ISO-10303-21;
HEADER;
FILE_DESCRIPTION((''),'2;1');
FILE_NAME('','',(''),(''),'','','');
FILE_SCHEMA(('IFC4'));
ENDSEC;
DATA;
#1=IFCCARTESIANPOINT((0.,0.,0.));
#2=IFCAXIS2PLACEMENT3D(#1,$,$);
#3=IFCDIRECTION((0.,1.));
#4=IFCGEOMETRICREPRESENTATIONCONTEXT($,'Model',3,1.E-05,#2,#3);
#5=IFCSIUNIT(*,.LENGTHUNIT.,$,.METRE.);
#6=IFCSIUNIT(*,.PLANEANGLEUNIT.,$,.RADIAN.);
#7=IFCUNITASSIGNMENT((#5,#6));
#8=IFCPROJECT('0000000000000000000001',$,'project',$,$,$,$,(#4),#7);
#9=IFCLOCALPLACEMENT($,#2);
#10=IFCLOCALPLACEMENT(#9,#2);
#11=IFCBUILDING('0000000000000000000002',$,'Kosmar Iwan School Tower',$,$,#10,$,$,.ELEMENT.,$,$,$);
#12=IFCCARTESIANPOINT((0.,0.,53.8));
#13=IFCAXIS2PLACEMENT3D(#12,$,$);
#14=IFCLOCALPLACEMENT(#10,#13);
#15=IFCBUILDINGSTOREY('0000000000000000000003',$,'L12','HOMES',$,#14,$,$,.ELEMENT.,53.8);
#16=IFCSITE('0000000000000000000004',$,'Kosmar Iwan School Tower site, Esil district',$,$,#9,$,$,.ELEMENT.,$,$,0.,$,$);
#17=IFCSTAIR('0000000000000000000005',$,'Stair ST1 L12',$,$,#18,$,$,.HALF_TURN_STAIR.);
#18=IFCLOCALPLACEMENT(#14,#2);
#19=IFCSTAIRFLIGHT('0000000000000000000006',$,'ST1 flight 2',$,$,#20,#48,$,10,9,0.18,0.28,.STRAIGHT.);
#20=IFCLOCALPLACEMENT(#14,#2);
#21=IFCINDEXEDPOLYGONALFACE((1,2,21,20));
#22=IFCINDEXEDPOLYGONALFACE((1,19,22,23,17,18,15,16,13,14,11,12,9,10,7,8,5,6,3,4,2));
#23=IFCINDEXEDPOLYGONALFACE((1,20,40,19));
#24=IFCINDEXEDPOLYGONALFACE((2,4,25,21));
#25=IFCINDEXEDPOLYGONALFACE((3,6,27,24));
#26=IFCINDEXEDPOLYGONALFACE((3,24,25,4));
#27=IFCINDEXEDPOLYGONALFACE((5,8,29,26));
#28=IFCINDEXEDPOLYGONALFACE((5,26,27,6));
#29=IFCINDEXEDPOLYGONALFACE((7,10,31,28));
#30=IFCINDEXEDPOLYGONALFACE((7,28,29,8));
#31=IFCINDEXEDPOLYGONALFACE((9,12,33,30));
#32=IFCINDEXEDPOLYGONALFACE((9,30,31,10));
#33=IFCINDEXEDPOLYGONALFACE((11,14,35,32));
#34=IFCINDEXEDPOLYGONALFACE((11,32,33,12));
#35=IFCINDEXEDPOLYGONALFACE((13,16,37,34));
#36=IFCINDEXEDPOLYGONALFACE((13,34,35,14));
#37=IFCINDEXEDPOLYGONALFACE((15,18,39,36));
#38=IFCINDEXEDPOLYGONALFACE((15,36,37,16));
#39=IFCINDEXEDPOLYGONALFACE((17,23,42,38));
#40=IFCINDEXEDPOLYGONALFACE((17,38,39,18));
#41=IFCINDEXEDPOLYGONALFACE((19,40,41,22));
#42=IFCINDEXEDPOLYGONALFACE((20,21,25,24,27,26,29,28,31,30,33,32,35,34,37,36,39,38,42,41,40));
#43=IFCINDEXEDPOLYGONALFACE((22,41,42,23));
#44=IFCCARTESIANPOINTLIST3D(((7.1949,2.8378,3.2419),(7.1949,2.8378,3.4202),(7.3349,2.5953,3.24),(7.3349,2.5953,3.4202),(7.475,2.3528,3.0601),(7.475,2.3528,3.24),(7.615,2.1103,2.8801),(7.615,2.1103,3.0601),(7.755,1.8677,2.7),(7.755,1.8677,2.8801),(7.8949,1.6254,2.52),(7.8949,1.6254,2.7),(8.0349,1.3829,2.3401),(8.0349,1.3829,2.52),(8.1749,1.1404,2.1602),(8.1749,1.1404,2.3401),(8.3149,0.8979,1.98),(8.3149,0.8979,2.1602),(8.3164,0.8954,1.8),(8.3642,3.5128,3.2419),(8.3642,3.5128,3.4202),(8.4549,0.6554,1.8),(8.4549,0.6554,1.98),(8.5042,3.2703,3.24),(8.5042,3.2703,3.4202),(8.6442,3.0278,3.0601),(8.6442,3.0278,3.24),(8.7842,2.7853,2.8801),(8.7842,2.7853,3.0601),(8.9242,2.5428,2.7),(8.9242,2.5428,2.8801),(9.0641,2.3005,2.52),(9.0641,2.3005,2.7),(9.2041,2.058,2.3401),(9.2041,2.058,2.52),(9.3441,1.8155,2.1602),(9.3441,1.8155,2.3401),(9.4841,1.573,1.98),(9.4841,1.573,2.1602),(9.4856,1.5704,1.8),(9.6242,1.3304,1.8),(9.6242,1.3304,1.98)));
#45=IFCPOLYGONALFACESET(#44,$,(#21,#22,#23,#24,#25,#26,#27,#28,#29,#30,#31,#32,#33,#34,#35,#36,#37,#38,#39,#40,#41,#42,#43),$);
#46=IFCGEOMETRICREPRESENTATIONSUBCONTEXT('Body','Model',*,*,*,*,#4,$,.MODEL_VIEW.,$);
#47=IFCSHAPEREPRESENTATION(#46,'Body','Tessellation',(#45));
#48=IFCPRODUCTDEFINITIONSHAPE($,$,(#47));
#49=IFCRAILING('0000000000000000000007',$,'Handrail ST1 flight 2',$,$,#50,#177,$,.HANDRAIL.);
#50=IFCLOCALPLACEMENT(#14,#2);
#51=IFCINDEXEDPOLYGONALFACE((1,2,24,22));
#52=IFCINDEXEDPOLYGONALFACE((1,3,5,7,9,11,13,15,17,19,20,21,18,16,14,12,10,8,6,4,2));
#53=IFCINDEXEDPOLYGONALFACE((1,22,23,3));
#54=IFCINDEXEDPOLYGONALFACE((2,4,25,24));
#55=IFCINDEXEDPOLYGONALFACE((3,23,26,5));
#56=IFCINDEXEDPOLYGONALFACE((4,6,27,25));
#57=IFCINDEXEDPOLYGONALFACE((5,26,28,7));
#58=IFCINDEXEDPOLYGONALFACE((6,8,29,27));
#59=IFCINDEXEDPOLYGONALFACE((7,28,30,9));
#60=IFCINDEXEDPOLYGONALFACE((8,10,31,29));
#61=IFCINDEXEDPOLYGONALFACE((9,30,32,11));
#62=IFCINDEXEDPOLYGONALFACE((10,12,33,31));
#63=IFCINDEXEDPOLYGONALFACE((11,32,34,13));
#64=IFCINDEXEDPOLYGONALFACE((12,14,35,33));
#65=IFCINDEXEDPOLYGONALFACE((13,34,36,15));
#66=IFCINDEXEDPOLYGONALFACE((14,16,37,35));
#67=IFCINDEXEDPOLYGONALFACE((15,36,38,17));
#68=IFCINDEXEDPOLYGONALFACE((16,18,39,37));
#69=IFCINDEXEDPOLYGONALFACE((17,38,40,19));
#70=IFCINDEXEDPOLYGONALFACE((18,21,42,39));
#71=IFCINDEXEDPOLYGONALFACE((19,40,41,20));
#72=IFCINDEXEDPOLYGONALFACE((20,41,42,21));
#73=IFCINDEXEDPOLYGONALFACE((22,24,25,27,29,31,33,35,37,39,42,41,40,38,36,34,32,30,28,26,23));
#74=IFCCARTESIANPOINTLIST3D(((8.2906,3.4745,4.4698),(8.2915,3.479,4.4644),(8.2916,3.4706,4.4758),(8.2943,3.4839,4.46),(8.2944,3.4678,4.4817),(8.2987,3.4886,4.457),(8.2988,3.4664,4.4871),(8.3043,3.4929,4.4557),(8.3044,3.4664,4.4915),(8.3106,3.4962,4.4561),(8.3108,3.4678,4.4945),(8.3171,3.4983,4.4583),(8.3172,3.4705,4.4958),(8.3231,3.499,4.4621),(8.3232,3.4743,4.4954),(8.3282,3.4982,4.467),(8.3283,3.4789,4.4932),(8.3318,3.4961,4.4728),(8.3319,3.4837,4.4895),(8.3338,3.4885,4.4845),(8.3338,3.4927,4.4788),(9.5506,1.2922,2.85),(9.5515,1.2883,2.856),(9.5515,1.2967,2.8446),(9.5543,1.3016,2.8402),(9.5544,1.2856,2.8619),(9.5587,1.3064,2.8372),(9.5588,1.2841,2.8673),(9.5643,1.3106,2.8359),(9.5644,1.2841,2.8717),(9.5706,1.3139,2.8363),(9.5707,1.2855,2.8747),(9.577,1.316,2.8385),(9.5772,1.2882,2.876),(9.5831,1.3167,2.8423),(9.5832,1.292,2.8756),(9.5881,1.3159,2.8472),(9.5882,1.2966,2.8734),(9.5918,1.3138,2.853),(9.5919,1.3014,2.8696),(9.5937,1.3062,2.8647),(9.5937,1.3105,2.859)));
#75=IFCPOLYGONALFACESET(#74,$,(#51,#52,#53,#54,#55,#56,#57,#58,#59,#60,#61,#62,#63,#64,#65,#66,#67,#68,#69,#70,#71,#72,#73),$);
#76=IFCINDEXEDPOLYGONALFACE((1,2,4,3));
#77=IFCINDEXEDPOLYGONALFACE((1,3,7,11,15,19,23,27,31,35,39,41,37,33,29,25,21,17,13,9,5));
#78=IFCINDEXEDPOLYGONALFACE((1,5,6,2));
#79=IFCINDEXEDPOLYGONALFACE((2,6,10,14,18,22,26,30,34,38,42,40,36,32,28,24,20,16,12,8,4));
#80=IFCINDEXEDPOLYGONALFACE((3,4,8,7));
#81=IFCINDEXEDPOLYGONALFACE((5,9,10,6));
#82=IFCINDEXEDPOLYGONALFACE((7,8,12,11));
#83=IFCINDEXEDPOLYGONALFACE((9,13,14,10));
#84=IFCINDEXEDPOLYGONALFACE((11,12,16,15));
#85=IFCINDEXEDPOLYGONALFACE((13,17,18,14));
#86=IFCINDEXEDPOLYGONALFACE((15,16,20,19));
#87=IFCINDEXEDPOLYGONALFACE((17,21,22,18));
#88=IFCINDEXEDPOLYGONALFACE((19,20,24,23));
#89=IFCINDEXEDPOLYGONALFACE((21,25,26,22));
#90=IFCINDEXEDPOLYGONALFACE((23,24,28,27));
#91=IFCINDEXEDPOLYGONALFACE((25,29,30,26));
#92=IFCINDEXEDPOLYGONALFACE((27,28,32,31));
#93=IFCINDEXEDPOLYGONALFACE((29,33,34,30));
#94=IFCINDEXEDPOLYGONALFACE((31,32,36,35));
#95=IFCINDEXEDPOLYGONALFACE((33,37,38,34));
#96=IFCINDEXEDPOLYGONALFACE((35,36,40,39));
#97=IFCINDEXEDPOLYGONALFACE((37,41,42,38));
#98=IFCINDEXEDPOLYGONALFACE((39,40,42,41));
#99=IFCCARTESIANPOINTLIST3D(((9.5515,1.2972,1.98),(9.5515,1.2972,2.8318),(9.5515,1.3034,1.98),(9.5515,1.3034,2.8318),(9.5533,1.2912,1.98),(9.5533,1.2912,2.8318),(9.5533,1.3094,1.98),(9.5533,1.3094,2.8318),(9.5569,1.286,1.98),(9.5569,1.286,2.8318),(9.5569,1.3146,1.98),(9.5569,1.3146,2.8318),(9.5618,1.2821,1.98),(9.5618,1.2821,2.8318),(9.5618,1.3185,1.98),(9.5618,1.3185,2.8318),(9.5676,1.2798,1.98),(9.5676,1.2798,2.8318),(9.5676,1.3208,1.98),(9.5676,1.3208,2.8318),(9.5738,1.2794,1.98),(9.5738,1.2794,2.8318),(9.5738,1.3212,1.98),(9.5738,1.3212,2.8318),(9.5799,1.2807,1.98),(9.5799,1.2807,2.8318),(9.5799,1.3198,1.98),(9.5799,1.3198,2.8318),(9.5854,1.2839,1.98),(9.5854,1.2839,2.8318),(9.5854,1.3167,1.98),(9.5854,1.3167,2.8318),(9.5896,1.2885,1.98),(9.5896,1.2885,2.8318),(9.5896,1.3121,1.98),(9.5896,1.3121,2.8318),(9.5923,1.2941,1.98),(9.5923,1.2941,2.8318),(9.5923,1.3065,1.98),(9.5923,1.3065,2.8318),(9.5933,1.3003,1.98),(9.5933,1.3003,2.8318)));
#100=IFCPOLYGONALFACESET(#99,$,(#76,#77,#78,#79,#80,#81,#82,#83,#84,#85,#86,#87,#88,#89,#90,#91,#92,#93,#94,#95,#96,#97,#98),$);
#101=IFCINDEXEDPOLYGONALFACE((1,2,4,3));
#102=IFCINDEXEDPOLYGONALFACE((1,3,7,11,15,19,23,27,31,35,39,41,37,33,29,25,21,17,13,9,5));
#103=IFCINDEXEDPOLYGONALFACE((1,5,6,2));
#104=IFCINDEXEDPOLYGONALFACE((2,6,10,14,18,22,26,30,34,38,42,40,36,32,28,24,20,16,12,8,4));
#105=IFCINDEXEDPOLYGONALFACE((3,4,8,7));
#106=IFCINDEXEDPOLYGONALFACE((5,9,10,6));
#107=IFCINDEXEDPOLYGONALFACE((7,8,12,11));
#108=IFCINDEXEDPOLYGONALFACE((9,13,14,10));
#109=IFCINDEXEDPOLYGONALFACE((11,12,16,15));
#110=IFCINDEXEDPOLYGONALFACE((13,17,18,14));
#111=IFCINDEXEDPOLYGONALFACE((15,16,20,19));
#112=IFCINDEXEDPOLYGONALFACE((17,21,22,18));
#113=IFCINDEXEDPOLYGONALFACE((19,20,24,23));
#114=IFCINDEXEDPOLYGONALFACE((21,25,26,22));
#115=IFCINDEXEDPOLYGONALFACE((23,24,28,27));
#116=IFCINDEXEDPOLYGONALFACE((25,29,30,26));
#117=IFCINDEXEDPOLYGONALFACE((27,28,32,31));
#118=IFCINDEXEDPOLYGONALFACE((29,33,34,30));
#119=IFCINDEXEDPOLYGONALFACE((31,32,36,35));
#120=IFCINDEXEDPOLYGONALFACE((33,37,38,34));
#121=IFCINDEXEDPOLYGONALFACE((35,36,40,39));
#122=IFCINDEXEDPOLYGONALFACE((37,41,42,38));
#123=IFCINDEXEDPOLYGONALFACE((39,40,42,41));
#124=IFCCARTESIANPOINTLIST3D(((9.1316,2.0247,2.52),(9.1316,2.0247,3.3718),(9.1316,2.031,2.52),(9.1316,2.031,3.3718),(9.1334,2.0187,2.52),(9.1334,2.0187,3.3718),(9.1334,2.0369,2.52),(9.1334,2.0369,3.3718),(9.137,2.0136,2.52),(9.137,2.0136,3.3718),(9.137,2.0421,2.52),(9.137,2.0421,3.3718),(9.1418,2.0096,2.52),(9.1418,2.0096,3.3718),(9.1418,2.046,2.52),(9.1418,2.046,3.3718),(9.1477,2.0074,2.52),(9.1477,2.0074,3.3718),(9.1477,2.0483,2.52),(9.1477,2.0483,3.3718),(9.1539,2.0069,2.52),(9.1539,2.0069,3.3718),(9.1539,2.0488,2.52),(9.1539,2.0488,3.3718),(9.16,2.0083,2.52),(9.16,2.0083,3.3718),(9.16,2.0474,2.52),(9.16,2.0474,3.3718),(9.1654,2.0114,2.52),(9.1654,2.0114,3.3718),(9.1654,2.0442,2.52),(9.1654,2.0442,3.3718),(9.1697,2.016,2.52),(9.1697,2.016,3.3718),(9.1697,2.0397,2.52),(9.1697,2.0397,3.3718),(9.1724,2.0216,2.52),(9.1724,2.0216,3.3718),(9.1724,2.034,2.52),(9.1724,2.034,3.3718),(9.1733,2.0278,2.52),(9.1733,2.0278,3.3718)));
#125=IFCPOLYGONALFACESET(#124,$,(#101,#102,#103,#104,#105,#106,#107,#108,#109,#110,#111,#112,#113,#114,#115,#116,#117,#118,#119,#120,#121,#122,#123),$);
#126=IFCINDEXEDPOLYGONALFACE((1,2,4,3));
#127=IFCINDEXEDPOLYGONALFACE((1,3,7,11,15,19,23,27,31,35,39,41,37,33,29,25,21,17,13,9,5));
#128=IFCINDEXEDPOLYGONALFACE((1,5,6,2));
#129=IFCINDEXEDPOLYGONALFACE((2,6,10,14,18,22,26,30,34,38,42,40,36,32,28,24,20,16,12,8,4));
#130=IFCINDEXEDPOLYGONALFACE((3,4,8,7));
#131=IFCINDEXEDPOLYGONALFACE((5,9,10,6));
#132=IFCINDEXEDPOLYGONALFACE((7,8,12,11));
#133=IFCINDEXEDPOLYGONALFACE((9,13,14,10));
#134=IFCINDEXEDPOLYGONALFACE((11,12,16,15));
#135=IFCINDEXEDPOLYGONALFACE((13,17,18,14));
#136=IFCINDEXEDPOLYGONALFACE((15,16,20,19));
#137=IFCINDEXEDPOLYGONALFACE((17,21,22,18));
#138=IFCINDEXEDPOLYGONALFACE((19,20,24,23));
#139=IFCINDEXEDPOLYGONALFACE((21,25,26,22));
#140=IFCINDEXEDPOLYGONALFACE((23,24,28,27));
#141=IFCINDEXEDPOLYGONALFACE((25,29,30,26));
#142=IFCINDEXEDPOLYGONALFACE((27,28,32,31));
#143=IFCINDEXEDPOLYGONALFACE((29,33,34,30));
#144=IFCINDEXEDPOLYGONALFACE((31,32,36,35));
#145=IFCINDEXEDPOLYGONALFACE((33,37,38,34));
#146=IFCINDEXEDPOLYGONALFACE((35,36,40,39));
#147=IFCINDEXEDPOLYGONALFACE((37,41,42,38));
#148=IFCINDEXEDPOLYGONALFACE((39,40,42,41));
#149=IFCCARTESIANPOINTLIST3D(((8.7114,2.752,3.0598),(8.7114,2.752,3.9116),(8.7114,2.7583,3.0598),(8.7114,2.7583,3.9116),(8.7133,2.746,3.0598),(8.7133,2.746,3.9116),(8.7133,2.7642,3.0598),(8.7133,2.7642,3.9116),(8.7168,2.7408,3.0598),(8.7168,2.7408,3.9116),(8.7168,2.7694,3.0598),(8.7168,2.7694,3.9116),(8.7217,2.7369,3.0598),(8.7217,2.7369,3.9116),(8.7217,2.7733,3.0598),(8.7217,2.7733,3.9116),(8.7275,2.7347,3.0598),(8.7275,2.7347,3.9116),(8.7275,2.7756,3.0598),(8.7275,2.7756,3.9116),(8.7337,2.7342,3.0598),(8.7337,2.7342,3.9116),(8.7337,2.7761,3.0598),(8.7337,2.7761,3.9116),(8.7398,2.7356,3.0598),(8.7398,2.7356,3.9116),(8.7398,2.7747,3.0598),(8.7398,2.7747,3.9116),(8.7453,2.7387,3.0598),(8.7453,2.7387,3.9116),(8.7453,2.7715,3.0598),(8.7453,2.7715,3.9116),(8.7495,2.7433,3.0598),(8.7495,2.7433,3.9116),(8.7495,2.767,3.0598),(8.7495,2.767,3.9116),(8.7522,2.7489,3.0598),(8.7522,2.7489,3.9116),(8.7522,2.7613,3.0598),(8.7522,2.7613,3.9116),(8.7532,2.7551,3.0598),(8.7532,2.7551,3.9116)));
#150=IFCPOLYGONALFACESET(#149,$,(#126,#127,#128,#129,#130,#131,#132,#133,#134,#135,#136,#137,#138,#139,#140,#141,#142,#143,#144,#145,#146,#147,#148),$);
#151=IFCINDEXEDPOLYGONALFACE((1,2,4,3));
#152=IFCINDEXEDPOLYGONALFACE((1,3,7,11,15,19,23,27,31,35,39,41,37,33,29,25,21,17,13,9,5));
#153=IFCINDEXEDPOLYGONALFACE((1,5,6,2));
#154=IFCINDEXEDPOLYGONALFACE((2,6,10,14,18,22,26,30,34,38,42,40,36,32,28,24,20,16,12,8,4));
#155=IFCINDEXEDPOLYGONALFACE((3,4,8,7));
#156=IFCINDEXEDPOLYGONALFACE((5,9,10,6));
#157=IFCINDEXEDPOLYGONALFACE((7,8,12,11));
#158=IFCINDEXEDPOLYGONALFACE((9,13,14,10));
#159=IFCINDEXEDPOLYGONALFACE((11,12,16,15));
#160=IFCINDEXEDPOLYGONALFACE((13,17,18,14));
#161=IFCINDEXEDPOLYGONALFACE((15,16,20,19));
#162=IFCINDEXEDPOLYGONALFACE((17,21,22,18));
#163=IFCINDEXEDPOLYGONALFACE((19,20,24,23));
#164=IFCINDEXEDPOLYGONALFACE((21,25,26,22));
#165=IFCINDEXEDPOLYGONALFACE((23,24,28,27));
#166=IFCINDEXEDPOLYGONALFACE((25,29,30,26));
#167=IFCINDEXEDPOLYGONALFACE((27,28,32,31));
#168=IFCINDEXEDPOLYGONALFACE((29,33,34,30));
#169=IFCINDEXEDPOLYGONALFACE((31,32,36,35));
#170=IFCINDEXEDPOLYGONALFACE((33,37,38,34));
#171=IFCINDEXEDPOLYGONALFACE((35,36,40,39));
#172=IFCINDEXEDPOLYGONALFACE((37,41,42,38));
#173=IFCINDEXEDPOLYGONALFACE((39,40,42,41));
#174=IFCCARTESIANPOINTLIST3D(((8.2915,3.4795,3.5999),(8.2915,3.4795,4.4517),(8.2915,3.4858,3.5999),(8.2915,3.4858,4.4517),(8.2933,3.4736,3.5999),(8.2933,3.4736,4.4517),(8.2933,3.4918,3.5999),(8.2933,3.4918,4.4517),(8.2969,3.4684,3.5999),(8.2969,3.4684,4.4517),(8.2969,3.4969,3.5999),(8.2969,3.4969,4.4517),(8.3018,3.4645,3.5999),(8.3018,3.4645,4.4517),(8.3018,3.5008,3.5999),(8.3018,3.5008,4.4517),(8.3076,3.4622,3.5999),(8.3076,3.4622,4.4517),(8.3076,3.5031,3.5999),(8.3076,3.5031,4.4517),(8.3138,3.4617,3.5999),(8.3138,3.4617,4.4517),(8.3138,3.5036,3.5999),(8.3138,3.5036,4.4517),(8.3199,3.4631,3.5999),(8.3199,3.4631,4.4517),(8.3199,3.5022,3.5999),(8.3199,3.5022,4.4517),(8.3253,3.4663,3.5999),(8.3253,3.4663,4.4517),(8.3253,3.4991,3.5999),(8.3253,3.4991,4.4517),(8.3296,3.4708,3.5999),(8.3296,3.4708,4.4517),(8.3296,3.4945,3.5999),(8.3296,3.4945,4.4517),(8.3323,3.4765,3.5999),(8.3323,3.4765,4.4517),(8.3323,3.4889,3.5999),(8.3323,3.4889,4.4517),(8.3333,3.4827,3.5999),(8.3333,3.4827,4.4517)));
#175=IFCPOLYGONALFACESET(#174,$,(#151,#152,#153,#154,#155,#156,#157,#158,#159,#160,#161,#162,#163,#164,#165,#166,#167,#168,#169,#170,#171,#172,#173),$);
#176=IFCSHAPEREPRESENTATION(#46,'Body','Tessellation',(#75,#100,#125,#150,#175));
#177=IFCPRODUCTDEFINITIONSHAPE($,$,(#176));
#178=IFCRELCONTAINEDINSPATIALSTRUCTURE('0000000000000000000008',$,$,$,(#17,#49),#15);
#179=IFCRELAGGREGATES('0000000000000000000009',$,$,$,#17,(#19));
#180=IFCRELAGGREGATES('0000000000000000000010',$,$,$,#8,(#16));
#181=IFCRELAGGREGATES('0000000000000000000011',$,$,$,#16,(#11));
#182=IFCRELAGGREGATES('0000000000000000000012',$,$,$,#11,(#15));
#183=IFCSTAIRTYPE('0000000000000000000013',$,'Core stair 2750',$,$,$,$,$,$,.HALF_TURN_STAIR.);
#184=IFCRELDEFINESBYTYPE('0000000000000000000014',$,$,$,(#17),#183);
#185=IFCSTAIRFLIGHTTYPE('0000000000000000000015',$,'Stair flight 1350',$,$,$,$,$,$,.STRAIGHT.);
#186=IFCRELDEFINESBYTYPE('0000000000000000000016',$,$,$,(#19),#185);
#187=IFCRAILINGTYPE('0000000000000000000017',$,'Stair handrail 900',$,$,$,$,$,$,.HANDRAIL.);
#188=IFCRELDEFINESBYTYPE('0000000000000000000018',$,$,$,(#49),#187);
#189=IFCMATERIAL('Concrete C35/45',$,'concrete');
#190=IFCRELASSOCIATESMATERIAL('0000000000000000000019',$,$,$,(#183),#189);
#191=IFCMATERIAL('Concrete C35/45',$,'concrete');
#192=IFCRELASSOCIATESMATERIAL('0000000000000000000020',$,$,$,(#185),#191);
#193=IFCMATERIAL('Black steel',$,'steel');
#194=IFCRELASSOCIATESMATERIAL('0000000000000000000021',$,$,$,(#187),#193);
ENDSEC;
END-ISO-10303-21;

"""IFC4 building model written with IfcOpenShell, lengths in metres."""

from ifc_helpers import new_model, si_unit, direction, frame, origin, origin_2d, place, context, subcontext, project, spatial, polyline, circle, outline, extrude, material, type_object, element, aggregate, save


model = new_model("IFC4")

# Units and contexts
model_context = context("Model", 3, precision=1e-05, world=origin(), true_north=direction((0.0, 1.0)))
body_context = subcontext(model_context, "Body", "Model", "MODEL_VIEW")
ifc_project = project(units=[si_unit("LENGTHUNIT", "METRE"), si_unit("PLANEANGLEUNIT", "RADIAN")], contexts=[model_context])

# Site, building, storey
site_placement = place(None, origin())
site = spatial("IfcSite", under=ifc_project, at=site_placement, Name="Kosmar Iwan School Tower site, Esil district", CompositionType="ELEMENT", RefElevation=0.0)
building_placement = place(site_placement, origin())
building = spatial("IfcBuilding", under=site, at=building_placement, Name="Kosmar Iwan School Tower", CompositionType="ELEMENT")
storey_placement = place(building_placement, frame((0.0, 0.0, 53.8)))
storey = spatial("IfcBuildingStorey", under=building, at=storey_placement, Name="L12", Description="HOMES", CompositionType="ELEMENT", Elevation=53.8)

# Stair, stair flight
ifc_material_1 = material(Name="Concrete C35/45", Category="concrete")
stair_type = type_object("IfcStairType", Name="Core stair 2750", PredefinedType="HALF_TURN_STAIR", material=ifc_material_1)
stair_placement = place(storey_placement, origin())
stair = element("IfcStair", 1, at=stair_placement, inside=storey, type_object=stair_type, Name="Stair ST1 L12", PredefinedType="HALF_TURN_STAIR")
ifc_material_2 = material(Name="Concrete C35/45", Category="concrete")
stair_flight_type = type_object("IfcStairFlightType", Name="Stair flight 1350", PredefinedType="STRAIGHT", material=ifc_material_2)
stair_flight_placement = place(storey_placement, frame((9.0396, 0.9929, 1.8), z_axis=(0.0, 0.0, 1.0), x_axis=(-0.5, 0.866025, 0.0)))
stair_flight = element("IfcStairFlight", 2, at=stair_flight_placement, type_object=stair_flight_type, Name="ST1 flight 2", NumberOfRisers=10, NumberOfTreads=9, PredefinedType="STRAIGHT", RiserHeight=0.18, TreadLength=0.28, context=body_context, shape_type="SweptSolid", body=[
    extrude(outline(polyline([(0.0, 0.0), (0.0, 0.1799), (0.28, 0.1799), (0.28, 0.3601), (0.5601, 0.3601), (0.5601, 0.54), (0.8401, 0.54), (0.8401, 0.72), (1.1201, 0.72), (1.1201, 0.8999), (1.3999, 0.8999), (1.3999, 1.0801), (1.6799, 1.0801), (1.6799, 1.26), (1.96, 1.26), (1.96, 1.4399), (2.24, 1.4399), (2.24, 1.6201), (2.52, 1.6201), (2.52, 1.8), (2.52, 1.4419), (0.2771, 0.0), (0.0, 0.0)])), frame((0.0, 0.675, 0.0), z_axis=(0.0, -1.0, 0.0), x_axis=(1.0, 0.0, 0.0)), (0.0, 0.0, 1.0), 1.3501),
])
aggregate(stair, [stair_flight])

# Railing
ifc_material_3 = material(Name="Black steel", Category="steel")
railing_type = type_object("IfcRailingType", Name="Stair handrail 900", PredefinedType="HANDRAIL", material=ifc_material_3)
railing_placement = place(storey_placement, frame((9.5723, 1.3003, 1.98)))
element("IfcRailing", 3, at=railing_placement, inside=storey, type_object=railing_type, Name="Handrail ST1 flight 2", PredefinedType="HANDRAIL", context=body_context, shape_type="SweptSolid", body=[
    extrude(circle(Radius=0.0239, at=origin_2d()), frame((0.0, 0.0, 0.876), z_axis=(-0.420603, 0.728496, 0.540728), x_axis=(-0.866023, -0.500005, 0.0)), (0.0, 0.0, 1.0), 2.9956),
    extrude(circle(Radius=0.021, at=origin_2d()), origin(), (0.0, 0.0, 1.0), 0.8518),
    extrude(circle(Radius=0.021, at=origin_2d()), frame((-0.4199, 0.7275, 0.54)), (0.0, 0.0, 1.0), 0.8518),
    extrude(circle(Radius=0.021, at=origin_2d()), frame((-0.8401, 1.4548, 1.0798)), (0.0, 0.0, 1.0), 0.8518),
    extrude(circle(Radius=0.021, at=origin_2d()), frame((-1.26, 2.1824, 1.6199)), (0.0, 0.0, 1.0), 0.8518),
])

save(model, "model.ifc")
